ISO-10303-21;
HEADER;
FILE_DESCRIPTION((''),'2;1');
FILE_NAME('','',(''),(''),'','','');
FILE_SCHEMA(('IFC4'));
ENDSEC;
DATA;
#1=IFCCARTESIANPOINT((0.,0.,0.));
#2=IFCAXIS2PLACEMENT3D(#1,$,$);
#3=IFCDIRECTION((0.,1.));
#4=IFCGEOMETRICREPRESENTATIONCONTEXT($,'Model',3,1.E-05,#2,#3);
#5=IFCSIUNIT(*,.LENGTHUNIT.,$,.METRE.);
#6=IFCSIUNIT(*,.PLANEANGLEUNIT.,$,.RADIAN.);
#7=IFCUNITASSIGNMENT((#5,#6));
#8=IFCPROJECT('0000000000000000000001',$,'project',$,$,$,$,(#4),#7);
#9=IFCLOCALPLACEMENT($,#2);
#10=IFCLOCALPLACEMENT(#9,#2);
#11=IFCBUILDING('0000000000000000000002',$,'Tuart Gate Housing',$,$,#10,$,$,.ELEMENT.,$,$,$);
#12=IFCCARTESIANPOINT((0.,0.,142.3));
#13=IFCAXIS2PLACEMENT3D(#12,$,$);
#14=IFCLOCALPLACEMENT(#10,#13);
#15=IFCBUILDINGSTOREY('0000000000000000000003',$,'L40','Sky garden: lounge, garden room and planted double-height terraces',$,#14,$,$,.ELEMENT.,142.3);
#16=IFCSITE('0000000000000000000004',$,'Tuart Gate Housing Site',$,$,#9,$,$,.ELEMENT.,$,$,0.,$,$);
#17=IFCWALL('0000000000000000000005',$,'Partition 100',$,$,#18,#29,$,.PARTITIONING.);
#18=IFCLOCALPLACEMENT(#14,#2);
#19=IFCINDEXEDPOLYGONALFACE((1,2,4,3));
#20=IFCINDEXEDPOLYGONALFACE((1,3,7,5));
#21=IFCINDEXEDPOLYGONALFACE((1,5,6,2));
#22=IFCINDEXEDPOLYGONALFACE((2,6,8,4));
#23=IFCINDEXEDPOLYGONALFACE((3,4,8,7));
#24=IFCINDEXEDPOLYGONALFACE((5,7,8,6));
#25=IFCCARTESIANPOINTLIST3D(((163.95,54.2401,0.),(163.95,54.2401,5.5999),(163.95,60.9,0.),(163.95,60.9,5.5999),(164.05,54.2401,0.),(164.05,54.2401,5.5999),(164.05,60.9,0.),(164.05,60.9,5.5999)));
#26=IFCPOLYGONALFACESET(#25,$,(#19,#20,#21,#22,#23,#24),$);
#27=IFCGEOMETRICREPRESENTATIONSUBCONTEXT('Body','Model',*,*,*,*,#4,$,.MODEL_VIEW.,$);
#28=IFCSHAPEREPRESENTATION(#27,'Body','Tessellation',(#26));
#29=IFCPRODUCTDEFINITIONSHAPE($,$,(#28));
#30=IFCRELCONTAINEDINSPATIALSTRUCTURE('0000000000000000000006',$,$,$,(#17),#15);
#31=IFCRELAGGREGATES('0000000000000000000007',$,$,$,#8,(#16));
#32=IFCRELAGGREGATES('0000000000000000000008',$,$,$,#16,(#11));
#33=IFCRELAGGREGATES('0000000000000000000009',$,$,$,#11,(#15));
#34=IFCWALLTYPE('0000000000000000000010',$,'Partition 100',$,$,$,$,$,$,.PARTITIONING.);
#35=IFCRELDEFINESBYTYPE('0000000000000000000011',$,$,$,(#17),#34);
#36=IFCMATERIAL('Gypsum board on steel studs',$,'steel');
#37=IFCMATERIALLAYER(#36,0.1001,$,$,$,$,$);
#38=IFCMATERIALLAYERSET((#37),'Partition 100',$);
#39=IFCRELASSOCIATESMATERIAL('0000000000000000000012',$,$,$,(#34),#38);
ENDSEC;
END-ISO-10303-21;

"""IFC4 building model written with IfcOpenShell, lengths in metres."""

from ifc_helpers import new_model, si_unit, direction, frame, frame_2d, origin, place, context, subcontext, project, spatial, rectangle, extrude, material, layer, layer_set, type_object, element, save


model = new_model("IFC4")

# Units and contexts
model_context = context("Model", 3, precision=1e-05, world=origin(), true_north=direction((0.0, 1.0)))
body_context = subcontext(model_context, "Body", "Model", "MODEL_VIEW")
ifc_project = project(units=[si_unit("LENGTHUNIT", "METRE"), si_unit("PLANEANGLEUNIT", "RADIAN")], contexts=[model_context])

# Site, building, storey
site_placement = place(None, origin())
site = spatial("IfcSite", under=ifc_project, at=site_placement, Name="Tuart Gate Housing Site", CompositionType="ELEMENT", RefElevation=0.0)
building_placement = place(site_placement, origin())
building = spatial("IfcBuilding", under=site, at=building_placement, Name="Tuart Gate Housing", CompositionType="ELEMENT")
storey_placement = place(building_placement, frame((0.0, 0.0, 142.3)))
storey = spatial("IfcBuildingStorey", under=building, at=storey_placement, Name="L40", Description="Sky garden: lounge, garden room and planted double-height terraces", CompositionType="ELEMENT", Elevation=142.3)

# Wall
ifc_material_1 = material(Name="Gypsum board on steel studs", Category="steel")
ifc_layer_1 = layer(ifc_material_1, 0.1001)
ifc_layer_set_1 = layer_set([ifc_layer_1], Name="Partition 100")
wall_type_1 = type_object("IfcWallType", Name="Partition 100", PredefinedType="PARTITIONING", material=ifc_layer_set_1)
for number, where, z_axis, x_axis, name in (
    (1, (164.0, 54.24, 0.0), (0.0, 0.0, 1.0), (0.0, 1.0, 0.0), "Partition 100"),
):
    element("IfcWall", number, at=place(storey_placement, frame(where, z_axis=z_axis, x_axis=x_axis)), inside=storey, type_object=wall_type_1, Name=name, PredefinedType="PARTITIONING", context=body_context, shape_type="SweptSolid", body=[
        extrude(rectangle(XDim=6.6599, YDim=0.1001, at=frame_2d((3.3301, 0.0))), origin(), (0.0, 0.0, 1.0), 5.5999),
    ])

save(model, "model.ifc")
